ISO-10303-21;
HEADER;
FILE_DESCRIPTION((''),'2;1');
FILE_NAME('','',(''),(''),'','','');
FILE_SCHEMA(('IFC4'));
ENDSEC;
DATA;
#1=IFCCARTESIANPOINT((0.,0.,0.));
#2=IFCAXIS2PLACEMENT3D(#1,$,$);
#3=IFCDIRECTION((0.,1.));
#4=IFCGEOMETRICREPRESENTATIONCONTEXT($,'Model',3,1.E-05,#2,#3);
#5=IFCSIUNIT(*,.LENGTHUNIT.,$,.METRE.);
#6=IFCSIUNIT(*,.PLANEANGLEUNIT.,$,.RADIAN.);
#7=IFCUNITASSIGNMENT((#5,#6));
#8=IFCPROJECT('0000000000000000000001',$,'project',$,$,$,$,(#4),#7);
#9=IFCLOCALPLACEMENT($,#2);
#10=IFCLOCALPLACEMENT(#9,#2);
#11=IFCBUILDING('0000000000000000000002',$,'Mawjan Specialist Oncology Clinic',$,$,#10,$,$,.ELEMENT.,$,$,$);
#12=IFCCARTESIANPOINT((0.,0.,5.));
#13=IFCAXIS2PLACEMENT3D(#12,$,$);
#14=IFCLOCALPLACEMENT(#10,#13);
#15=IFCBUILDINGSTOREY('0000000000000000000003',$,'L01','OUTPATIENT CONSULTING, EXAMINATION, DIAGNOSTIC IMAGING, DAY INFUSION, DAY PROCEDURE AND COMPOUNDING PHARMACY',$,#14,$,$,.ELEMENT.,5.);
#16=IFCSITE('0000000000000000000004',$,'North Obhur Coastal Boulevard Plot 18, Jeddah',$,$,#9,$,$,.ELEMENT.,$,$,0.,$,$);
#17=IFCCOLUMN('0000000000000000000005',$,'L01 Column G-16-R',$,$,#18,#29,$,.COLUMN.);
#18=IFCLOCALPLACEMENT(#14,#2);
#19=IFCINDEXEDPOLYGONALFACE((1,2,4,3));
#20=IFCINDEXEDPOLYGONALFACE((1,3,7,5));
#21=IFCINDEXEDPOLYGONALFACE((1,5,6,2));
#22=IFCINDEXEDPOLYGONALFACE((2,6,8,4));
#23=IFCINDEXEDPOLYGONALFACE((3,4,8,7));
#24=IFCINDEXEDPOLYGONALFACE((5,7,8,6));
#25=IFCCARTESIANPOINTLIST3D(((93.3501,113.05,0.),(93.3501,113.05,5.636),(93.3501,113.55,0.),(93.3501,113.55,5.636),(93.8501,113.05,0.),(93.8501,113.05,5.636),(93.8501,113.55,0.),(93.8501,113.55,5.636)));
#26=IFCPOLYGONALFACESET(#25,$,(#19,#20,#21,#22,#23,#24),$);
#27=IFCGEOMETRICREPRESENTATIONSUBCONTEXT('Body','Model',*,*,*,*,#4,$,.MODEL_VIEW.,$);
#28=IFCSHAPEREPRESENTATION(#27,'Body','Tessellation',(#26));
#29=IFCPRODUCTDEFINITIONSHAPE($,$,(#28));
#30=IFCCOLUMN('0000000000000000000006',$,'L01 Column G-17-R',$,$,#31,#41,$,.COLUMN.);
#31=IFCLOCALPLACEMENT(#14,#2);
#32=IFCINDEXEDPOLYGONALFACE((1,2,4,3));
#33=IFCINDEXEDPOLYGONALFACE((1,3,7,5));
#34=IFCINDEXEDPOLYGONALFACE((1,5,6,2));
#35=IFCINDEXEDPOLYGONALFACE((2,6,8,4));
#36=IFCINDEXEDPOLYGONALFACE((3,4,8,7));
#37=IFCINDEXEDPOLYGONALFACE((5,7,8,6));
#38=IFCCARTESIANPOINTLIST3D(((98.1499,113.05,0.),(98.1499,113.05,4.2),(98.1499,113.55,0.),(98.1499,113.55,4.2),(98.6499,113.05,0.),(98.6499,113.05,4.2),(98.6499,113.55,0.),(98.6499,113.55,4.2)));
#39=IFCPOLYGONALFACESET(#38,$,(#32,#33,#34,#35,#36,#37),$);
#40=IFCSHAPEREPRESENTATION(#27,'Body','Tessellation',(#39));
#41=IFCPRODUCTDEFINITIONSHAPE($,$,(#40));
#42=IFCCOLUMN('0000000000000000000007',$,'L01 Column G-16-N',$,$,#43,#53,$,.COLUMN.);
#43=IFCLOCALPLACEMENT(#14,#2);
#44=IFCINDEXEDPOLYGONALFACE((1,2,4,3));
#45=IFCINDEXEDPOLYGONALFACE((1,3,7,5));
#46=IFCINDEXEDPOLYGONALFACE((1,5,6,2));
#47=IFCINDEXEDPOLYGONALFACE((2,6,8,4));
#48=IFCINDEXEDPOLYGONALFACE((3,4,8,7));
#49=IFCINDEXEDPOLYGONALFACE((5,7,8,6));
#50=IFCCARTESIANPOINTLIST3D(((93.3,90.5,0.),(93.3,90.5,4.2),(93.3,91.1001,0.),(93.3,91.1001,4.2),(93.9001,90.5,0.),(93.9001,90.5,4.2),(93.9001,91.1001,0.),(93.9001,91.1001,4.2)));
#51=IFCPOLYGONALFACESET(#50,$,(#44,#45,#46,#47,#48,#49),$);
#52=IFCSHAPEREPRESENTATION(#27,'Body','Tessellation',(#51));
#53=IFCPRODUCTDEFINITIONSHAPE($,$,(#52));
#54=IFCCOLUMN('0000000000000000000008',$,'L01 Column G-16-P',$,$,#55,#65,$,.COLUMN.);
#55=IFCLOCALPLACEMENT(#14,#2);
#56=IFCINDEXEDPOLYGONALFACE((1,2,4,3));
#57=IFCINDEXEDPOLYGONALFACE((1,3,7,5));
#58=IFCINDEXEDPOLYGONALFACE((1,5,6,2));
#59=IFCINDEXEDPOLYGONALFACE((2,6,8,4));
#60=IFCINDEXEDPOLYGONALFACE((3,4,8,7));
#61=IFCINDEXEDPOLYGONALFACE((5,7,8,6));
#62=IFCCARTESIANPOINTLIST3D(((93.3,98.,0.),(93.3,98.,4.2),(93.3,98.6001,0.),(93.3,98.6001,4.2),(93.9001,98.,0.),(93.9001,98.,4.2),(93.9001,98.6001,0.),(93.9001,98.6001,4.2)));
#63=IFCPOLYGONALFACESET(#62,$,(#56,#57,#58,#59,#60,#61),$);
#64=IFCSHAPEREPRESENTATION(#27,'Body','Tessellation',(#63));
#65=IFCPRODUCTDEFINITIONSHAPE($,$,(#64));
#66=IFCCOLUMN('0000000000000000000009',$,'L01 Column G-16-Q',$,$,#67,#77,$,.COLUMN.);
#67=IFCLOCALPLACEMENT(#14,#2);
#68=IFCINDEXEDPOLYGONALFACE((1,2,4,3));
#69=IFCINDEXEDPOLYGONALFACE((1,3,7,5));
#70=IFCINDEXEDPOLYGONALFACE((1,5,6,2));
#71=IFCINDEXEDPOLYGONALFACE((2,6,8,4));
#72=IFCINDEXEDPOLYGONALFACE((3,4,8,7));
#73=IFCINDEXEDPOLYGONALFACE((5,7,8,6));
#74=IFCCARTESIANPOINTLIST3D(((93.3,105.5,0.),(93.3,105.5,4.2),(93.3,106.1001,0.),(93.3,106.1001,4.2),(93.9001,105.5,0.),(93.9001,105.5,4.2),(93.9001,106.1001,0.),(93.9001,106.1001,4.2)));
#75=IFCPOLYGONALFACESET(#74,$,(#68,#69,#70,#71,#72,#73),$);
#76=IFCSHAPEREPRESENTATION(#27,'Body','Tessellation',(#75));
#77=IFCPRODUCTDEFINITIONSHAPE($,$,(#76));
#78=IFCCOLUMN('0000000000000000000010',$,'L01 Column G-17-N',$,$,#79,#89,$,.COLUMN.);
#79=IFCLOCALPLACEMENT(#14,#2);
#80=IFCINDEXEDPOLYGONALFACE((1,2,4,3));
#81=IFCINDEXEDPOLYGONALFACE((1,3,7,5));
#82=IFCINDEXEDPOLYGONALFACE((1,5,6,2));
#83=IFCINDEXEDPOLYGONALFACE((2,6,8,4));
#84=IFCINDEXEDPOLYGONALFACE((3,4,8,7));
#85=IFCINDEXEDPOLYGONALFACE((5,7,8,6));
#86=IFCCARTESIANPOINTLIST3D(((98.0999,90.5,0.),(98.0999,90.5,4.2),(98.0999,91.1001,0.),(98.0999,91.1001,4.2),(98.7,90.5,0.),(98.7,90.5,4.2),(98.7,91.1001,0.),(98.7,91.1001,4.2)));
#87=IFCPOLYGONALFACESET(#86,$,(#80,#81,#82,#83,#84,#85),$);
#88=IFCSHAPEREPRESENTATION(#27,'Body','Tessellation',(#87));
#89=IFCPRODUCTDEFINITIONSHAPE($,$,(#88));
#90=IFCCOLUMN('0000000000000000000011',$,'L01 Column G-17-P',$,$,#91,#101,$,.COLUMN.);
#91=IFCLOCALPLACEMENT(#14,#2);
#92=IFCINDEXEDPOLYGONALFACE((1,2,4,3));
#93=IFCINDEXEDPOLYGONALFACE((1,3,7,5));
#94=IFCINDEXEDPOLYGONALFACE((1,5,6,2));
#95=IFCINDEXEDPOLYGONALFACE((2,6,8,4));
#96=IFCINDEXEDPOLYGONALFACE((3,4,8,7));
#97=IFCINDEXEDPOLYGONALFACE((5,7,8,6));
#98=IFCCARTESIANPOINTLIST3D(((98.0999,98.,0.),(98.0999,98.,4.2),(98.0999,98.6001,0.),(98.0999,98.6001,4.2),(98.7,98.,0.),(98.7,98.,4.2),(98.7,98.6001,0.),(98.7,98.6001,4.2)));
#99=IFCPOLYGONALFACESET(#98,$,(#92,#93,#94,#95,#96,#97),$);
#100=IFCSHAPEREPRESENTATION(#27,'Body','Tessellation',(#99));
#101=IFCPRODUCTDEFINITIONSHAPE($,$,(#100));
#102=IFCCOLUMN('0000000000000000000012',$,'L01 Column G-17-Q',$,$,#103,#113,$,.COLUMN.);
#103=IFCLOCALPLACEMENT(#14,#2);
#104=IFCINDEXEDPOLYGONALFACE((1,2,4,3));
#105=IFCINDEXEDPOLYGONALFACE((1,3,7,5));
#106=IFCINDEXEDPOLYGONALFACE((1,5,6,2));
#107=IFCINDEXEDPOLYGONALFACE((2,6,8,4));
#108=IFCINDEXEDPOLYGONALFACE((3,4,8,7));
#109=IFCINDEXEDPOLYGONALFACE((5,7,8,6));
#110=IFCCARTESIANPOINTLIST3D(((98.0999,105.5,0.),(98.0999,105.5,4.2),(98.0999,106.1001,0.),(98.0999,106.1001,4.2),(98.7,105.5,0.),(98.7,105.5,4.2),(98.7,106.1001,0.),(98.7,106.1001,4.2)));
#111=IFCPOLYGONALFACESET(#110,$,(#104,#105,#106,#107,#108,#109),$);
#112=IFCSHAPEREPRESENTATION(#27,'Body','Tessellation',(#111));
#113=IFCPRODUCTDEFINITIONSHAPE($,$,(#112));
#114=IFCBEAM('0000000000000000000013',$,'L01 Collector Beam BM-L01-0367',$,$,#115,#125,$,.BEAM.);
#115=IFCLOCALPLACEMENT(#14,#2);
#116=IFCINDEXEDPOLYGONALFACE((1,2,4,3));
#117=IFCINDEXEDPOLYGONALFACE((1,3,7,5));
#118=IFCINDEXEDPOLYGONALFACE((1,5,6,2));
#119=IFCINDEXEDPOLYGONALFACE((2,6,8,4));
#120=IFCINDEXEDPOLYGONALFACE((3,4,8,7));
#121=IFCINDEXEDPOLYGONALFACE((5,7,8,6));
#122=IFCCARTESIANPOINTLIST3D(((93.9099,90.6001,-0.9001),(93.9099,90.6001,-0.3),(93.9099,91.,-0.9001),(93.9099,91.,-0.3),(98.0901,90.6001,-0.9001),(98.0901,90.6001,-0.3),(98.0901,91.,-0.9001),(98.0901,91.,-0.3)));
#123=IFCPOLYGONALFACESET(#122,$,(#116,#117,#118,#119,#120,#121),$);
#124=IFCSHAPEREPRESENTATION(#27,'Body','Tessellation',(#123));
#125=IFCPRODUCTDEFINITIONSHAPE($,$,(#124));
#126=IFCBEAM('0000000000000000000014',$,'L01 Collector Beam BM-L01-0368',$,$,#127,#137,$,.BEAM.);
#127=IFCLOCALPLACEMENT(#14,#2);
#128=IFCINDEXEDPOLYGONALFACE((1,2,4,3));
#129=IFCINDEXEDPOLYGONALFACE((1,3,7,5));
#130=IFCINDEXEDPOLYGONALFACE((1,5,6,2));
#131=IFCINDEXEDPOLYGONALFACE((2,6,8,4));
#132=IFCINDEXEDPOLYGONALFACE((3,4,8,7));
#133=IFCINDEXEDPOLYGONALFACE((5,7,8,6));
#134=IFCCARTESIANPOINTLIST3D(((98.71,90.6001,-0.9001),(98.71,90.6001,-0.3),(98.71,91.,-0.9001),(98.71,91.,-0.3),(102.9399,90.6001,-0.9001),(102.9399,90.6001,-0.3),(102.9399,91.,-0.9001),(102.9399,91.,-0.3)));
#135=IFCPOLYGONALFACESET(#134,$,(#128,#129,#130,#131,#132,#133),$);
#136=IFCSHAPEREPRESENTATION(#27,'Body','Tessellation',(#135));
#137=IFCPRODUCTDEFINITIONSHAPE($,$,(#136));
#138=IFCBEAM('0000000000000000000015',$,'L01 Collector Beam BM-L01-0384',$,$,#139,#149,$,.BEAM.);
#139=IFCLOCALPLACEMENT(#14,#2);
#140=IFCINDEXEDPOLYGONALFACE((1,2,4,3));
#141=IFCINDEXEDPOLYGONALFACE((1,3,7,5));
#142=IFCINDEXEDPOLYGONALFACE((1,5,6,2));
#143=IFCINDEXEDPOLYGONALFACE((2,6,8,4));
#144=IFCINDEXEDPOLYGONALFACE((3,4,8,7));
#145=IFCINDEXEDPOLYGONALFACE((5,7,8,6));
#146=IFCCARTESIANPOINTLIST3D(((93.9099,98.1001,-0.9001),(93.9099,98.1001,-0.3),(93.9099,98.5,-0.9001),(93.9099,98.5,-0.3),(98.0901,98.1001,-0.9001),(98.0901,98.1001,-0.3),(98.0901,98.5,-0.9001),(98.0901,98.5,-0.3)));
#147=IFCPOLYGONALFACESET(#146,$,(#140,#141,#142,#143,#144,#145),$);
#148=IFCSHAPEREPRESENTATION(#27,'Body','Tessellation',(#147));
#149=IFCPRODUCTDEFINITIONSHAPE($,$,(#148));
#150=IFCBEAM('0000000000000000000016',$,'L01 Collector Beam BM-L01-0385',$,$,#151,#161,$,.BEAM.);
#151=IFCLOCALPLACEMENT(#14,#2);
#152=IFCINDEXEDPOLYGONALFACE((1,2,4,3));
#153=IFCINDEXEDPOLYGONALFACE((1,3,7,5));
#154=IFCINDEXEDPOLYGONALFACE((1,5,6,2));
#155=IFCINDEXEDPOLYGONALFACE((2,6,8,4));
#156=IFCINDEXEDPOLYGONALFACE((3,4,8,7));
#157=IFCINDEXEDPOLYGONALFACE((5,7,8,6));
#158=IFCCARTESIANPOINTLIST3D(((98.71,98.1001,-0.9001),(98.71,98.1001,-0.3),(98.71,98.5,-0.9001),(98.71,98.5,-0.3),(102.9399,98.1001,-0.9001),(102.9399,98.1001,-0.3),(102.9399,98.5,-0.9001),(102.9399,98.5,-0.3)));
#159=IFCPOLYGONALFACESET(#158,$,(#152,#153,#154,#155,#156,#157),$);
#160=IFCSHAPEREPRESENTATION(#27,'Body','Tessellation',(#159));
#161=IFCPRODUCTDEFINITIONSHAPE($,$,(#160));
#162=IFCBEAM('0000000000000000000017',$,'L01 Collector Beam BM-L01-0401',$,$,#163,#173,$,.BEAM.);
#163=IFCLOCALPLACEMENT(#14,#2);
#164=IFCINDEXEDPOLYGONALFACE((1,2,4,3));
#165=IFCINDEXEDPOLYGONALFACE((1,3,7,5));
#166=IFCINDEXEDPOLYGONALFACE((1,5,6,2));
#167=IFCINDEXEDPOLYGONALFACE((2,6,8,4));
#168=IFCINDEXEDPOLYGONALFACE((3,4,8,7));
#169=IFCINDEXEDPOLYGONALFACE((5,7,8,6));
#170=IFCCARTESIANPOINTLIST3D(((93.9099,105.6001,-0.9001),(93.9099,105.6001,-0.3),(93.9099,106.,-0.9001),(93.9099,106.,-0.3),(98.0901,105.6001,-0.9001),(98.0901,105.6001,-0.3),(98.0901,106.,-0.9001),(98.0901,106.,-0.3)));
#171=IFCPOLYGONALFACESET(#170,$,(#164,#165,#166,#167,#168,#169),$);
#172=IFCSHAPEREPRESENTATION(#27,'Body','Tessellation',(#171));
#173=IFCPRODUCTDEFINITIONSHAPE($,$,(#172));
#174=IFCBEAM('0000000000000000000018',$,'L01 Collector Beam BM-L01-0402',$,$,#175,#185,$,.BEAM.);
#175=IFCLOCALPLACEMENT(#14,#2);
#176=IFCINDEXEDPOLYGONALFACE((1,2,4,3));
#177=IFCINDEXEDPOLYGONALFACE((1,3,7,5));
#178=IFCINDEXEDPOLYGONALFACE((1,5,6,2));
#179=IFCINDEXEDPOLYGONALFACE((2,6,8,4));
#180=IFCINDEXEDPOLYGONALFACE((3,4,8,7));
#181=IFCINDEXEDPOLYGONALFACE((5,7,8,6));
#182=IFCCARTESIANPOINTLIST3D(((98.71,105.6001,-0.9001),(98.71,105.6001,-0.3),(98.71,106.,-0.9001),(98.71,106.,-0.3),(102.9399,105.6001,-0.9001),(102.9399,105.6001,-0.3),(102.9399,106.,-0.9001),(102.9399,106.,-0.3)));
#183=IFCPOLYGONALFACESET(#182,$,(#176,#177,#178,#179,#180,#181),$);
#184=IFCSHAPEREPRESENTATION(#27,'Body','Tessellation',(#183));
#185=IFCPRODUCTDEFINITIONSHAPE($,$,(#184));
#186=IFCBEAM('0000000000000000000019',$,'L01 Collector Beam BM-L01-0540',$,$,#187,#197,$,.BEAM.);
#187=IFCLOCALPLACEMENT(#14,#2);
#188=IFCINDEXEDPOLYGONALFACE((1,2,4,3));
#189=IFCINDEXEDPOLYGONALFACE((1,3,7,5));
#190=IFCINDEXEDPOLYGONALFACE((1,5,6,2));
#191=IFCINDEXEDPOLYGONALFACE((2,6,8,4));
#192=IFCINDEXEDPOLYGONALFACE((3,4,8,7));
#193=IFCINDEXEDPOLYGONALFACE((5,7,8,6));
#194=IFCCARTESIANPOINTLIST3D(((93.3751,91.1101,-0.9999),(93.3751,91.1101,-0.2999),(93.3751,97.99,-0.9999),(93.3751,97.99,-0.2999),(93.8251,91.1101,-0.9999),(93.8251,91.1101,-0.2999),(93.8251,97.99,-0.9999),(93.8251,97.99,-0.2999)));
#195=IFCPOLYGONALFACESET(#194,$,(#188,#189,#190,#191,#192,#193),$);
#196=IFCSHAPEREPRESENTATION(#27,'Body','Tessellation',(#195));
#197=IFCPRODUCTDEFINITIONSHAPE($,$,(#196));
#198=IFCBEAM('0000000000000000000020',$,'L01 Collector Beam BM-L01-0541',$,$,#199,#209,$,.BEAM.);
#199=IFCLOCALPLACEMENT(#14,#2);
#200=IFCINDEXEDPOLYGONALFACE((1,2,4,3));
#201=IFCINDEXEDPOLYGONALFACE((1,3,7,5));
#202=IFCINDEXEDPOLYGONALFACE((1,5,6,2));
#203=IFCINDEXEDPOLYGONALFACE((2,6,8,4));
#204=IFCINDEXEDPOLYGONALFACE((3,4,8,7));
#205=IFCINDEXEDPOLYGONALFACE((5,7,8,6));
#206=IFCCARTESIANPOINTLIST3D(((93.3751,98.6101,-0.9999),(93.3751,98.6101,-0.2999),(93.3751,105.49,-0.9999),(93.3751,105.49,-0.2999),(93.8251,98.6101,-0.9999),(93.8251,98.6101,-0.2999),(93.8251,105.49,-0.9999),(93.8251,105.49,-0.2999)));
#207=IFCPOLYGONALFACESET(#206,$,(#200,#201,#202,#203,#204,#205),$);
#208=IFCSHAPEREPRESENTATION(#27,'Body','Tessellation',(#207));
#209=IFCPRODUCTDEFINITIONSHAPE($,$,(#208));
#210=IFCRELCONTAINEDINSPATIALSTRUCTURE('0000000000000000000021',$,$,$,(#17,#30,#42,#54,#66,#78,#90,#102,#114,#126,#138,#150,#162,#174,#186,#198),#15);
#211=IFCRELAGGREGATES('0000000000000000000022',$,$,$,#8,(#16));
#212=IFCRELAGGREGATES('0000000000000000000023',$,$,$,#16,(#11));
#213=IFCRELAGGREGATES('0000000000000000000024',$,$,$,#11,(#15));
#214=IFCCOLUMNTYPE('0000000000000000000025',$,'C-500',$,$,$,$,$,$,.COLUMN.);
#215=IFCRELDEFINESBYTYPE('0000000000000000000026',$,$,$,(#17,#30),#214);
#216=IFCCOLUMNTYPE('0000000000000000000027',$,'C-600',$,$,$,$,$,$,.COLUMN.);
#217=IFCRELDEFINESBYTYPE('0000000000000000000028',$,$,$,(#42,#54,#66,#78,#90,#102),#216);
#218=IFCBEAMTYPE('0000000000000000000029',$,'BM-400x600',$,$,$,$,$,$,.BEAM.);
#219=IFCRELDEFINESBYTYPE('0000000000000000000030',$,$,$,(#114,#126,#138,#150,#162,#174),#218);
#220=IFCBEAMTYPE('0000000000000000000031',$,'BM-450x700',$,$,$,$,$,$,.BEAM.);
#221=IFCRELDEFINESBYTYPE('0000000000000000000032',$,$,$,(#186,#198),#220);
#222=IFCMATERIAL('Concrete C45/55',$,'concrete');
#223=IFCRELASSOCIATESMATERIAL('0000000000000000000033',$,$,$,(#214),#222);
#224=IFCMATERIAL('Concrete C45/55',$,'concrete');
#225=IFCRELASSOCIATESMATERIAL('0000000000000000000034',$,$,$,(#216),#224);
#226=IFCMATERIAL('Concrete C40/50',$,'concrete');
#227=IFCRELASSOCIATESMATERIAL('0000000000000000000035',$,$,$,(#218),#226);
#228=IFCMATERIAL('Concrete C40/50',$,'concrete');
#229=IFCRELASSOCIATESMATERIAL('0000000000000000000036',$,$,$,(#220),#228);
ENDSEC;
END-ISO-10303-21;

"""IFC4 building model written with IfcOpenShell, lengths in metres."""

from ifc_helpers import new_model, si_unit, direction, frame, origin, origin_2d, place, context, subcontext, project, spatial, rectangle, extrude, material, material_profile, profile_set, type_object, element, save


model = new_model("IFC4")

# Units and contexts
model_context = context("Model", 3, precision=1e-05, world=origin(), true_north=direction((0.0, 1.0)))
body_context = subcontext(model_context, "Body", "Model", "MODEL_VIEW")
ifc_project = project(units=[si_unit("LENGTHUNIT", "METRE"), si_unit("PLANEANGLEUNIT", "RADIAN")], contexts=[model_context])

# Site, building, storey
site_placement = place(None, origin())
site = spatial("IfcSite", under=ifc_project, at=site_placement, Name="North Obhur Coastal Boulevard Plot 18, Jeddah", CompositionType="ELEMENT", RefElevation=0.0)
building_placement = place(site_placement, origin())
building = spatial("IfcBuilding", under=site, at=building_placement, Name="Mawjan Specialist Oncology Clinic", CompositionType="ELEMENT")
storey_placement = place(building_placement, frame((0.0, 0.0, 5.0)))
storey = spatial("IfcBuildingStorey", under=building, at=storey_placement, Name="L01", Description="OUTPATIENT CONSULTING, EXAMINATION, DIAGNOSTIC IMAGING, DAY INFUSION, DAY PROCEDURE AND COMPOUNDING PHARMACY", CompositionType="ELEMENT", Elevation=5.0)

# Columns
ifc_material_1 = material(Name="Concrete C45/55", Category="concrete")
ifc_material_profile_1 = material_profile(ifc_material_1, rectangle(XDim=0.5, YDim=0.5, at=origin_2d()), Name="RC COL 500x500", Category="concrete")
ifc_profile_set_1 = profile_set([ifc_material_profile_1], Name="Concrete C45/55")
column_type_1 = type_object("IfcColumnType", Name="C-500", PredefinedType="COLUMN", material=ifc_profile_set_1)
column_1_placement = place(storey_placement, frame((93.6001, 113.3, 0.0), z_axis=(0.0, 0.0, 1.0), x_axis=(1.0, 0.0, 0.0)))
element("IfcColumn", 1, at=column_1_placement, inside=storey, type_object=column_type_1, Name="L01 Column G-16-R", PredefinedType="COLUMN", context=body_context, shape_type="SweptSolid", body=[
    extrude(rectangle(XDim=0.5, YDim=0.5, at=origin_2d()), origin(), (0.0, 0.0, 1.0), 5.636),
])
column_2_placement = place(storey_placement, frame((98.3999, 113.3, 0.0), z_axis=(0.0, 0.0, 1.0), x_axis=(1.0, 0.0, 0.0)))
element("IfcColumn", 2, at=column_2_placement, inside=storey, type_object=column_type_1, Name="L01 Column G-17-R", PredefinedType="COLUMN", context=body_context, shape_type="SweptSolid", body=[
    extrude(rectangle(XDim=0.5, YDim=0.5, at=origin_2d()), origin(), (0.0, 0.0, 1.0), 4.2),
])
ifc_material_2 = material(Name="Concrete C45/55", Category="concrete")
ifc_material_profile_2 = material_profile(ifc_material_2, rectangle(XDim=0.6001, YDim=0.6001, at=origin_2d()), Name="RC COL 600x600", Category="concrete")
ifc_profile_set_2 = profile_set([ifc_material_profile_2], Name="Concrete C45/55")
column_type_2 = type_object("IfcColumnType", Name="C-600", PredefinedType="COLUMN", material=ifc_profile_set_2)
for number, where, z_axis, x_axis, name in (
    (3, (93.6001, 90.8, 0.0), (0.0, 0.0, 1.0), (1.0, 0.0, 0.0), "L01 Column G-16-N"),
    (4, (93.6001, 98.3, 0.0), (0.0, 0.0, 1.0), (1.0, 0.0, 0.0), "L01 Column G-16-P"),
    (5, (93.6001, 105.8, 0.0), (0.0, 0.0, 1.0), (1.0, 0.0, 0.0), "L01 Column G-16-Q"),
    (6, (98.3999, 90.8, 0.0), (0.0, 0.0, 1.0), (1.0, 0.0, 0.0), "L01 Column G-17-N"),
    (7, (98.3999, 98.3, 0.0), (0.0, 0.0, 1.0), (1.0, 0.0, 0.0), "L01 Column G-17-P"),
    (8, (98.3999, 105.8, 0.0), (0.0, 0.0, 1.0), (1.0, 0.0, 0.0), "L01 Column G-17-Q"),
):
    element("IfcColumn", number, at=place(storey_placement, frame(where, z_axis=z_axis, x_axis=x_axis)), inside=storey, type_object=column_type_2, Name=name, PredefinedType="COLUMN", context=body_context, shape_type="SweptSolid", body=[
        extrude(rectangle(XDim=0.6001, YDim=0.6001, at=origin_2d()), origin(), (0.0, 0.0, 1.0), 4.2),
    ])

# Beams
ifc_material_3 = material(Name="Concrete C40/50", Category="concrete")
ifc_material_profile_3 = material_profile(ifc_material_3, rectangle(XDim=0.3999, YDim=0.6001, at=origin_2d()), Name="RC BM 400x600", Category="concrete")
ifc_profile_set_3 = profile_set([ifc_material_profile_3], Name="Concrete C40/50")
beam_type_1 = type_object("IfcBeamType", Name="BM-400x600", PredefinedType="BEAM", material=ifc_profile_set_3)
beam_1_placement = place(storey_placement, frame((93.9099, 90.8, -0.6001), z_axis=(1.0, 0.0, 0.0), x_axis=(0.0, 1.0, 0.0)))
element("IfcBeam", 9, at=beam_1_placement, inside=storey, type_object=beam_type_1, Name="L01 Collector Beam BM-L01-0367", PredefinedType="BEAM", context=body_context, shape_type="SweptSolid", body=[
    extrude(rectangle(XDim=0.3999, YDim=0.6001, at=origin_2d()), origin(), (0.0, 0.0, 1.0), 4.1802),
])
beam_2_placement = place(storey_placement, frame((98.71, 90.8, -0.6001), z_axis=(1.0, 0.0, 0.0), x_axis=(0.0, 1.0, 0.0)))
element("IfcBeam", 10, at=beam_2_placement, inside=storey, type_object=beam_type_1, Name="L01 Collector Beam BM-L01-0368", PredefinedType="BEAM", context=body_context, shape_type="SweptSolid", body=[
    extrude(rectangle(XDim=0.3999, YDim=0.6001, at=origin_2d()), origin(), (0.0, 0.0, 1.0), 4.23),
])
beam_3_placement = place(storey_placement, frame((93.9099, 98.3, -0.6001), z_axis=(1.0, 0.0, 0.0), x_axis=(0.0, 1.0, 0.0)))
element("IfcBeam", 11, at=beam_3_placement, inside=storey, type_object=beam_type_1, Name="L01 Collector Beam BM-L01-0384", PredefinedType="BEAM", context=body_context, shape_type="SweptSolid", body=[
    extrude(rectangle(XDim=0.3999, YDim=0.6001, at=origin_2d()), origin(), (0.0, 0.0, 1.0), 4.1802),
])
beam_4_placement = place(storey_placement, frame((98.71, 98.3, -0.6001), z_axis=(1.0, 0.0, 0.0), x_axis=(0.0, 1.0, 0.0)))
element("IfcBeam", 12, at=beam_4_placement, inside=storey, type_object=beam_type_1, Name="L01 Collector Beam BM-L01-0385", PredefinedType="BEAM", context=body_context, shape_type="SweptSolid", body=[
    extrude(rectangle(XDim=0.3999, YDim=0.6001, at=origin_2d()), origin(), (0.0, 0.0, 1.0), 4.23),
])
beam_5_placement = place(storey_placement, frame((93.9099, 105.8, -0.6001), z_axis=(1.0, 0.0, 0.0), x_axis=(0.0, 1.0, 0.0)))
element("IfcBeam", 13, at=beam_5_placement, inside=storey, type_object=beam_type_1, Name="L01 Collector Beam BM-L01-0401", PredefinedType="BEAM", context=body_context, shape_type="SweptSolid", body=[
    extrude(rectangle(XDim=0.3999, YDim=0.6001, at=origin_2d()), origin(), (0.0, 0.0, 1.0), 4.1802),
])
beam_6_placement = place(storey_placement, frame((98.71, 105.8, -0.6001), z_axis=(1.0, 0.0, 0.0), x_axis=(0.0, 1.0, 0.0)))
element("IfcBeam", 14, at=beam_6_placement, inside=storey, type_object=beam_type_1, Name="L01 Collector Beam BM-L01-0402", PredefinedType="BEAM", context=body_context, shape_type="SweptSolid", body=[
    extrude(rectangle(XDim=0.3999, YDim=0.6001, at=origin_2d()), origin(), (0.0, 0.0, 1.0), 4.23),
])
ifc_material_4 = material(Name="Concrete C40/50", Category="concrete")
ifc_material_profile_4 = material_profile(ifc_material_4, rectangle(XDim=0.45, YDim=0.7, at=origin_2d()), Name="RC BM 450x700", Category="concrete")
ifc_profile_set_4 = profile_set([ifc_material_profile_4], Name="Concrete C40/50")
beam_type_2 = type_object("IfcBeamType", Name="BM-450x700", PredefinedType="BEAM", material=ifc_profile_set_4)
for number, where, z_axis, x_axis, name in (
    (15, (93.6001, 91.1101, -0.6499), (0.0, 1.0, 0.0), (-1.0, 0.0, 0.0), "L01 Collector Beam BM-L01-0540"),
    (16, (93.6001, 98.6101, -0.6499), (0.0, 1.0, 0.0), (-1.0, 0.0, 0.0), "L01 Collector Beam BM-L01-0541"),
):
    element("IfcBeam", number, at=place(storey_placement, frame(where, z_axis=z_axis, x_axis=x_axis)), inside=storey, type_object=beam_type_2, Name=name, PredefinedType="BEAM", context=body_context, shape_type="SweptSolid", body=[
        extrude(rectangle(XDim=0.45, YDim=0.7, at=origin_2d()), origin(), (0.0, 0.0, 1.0), 6.8799),
    ])

save(model, "model.ifc")
